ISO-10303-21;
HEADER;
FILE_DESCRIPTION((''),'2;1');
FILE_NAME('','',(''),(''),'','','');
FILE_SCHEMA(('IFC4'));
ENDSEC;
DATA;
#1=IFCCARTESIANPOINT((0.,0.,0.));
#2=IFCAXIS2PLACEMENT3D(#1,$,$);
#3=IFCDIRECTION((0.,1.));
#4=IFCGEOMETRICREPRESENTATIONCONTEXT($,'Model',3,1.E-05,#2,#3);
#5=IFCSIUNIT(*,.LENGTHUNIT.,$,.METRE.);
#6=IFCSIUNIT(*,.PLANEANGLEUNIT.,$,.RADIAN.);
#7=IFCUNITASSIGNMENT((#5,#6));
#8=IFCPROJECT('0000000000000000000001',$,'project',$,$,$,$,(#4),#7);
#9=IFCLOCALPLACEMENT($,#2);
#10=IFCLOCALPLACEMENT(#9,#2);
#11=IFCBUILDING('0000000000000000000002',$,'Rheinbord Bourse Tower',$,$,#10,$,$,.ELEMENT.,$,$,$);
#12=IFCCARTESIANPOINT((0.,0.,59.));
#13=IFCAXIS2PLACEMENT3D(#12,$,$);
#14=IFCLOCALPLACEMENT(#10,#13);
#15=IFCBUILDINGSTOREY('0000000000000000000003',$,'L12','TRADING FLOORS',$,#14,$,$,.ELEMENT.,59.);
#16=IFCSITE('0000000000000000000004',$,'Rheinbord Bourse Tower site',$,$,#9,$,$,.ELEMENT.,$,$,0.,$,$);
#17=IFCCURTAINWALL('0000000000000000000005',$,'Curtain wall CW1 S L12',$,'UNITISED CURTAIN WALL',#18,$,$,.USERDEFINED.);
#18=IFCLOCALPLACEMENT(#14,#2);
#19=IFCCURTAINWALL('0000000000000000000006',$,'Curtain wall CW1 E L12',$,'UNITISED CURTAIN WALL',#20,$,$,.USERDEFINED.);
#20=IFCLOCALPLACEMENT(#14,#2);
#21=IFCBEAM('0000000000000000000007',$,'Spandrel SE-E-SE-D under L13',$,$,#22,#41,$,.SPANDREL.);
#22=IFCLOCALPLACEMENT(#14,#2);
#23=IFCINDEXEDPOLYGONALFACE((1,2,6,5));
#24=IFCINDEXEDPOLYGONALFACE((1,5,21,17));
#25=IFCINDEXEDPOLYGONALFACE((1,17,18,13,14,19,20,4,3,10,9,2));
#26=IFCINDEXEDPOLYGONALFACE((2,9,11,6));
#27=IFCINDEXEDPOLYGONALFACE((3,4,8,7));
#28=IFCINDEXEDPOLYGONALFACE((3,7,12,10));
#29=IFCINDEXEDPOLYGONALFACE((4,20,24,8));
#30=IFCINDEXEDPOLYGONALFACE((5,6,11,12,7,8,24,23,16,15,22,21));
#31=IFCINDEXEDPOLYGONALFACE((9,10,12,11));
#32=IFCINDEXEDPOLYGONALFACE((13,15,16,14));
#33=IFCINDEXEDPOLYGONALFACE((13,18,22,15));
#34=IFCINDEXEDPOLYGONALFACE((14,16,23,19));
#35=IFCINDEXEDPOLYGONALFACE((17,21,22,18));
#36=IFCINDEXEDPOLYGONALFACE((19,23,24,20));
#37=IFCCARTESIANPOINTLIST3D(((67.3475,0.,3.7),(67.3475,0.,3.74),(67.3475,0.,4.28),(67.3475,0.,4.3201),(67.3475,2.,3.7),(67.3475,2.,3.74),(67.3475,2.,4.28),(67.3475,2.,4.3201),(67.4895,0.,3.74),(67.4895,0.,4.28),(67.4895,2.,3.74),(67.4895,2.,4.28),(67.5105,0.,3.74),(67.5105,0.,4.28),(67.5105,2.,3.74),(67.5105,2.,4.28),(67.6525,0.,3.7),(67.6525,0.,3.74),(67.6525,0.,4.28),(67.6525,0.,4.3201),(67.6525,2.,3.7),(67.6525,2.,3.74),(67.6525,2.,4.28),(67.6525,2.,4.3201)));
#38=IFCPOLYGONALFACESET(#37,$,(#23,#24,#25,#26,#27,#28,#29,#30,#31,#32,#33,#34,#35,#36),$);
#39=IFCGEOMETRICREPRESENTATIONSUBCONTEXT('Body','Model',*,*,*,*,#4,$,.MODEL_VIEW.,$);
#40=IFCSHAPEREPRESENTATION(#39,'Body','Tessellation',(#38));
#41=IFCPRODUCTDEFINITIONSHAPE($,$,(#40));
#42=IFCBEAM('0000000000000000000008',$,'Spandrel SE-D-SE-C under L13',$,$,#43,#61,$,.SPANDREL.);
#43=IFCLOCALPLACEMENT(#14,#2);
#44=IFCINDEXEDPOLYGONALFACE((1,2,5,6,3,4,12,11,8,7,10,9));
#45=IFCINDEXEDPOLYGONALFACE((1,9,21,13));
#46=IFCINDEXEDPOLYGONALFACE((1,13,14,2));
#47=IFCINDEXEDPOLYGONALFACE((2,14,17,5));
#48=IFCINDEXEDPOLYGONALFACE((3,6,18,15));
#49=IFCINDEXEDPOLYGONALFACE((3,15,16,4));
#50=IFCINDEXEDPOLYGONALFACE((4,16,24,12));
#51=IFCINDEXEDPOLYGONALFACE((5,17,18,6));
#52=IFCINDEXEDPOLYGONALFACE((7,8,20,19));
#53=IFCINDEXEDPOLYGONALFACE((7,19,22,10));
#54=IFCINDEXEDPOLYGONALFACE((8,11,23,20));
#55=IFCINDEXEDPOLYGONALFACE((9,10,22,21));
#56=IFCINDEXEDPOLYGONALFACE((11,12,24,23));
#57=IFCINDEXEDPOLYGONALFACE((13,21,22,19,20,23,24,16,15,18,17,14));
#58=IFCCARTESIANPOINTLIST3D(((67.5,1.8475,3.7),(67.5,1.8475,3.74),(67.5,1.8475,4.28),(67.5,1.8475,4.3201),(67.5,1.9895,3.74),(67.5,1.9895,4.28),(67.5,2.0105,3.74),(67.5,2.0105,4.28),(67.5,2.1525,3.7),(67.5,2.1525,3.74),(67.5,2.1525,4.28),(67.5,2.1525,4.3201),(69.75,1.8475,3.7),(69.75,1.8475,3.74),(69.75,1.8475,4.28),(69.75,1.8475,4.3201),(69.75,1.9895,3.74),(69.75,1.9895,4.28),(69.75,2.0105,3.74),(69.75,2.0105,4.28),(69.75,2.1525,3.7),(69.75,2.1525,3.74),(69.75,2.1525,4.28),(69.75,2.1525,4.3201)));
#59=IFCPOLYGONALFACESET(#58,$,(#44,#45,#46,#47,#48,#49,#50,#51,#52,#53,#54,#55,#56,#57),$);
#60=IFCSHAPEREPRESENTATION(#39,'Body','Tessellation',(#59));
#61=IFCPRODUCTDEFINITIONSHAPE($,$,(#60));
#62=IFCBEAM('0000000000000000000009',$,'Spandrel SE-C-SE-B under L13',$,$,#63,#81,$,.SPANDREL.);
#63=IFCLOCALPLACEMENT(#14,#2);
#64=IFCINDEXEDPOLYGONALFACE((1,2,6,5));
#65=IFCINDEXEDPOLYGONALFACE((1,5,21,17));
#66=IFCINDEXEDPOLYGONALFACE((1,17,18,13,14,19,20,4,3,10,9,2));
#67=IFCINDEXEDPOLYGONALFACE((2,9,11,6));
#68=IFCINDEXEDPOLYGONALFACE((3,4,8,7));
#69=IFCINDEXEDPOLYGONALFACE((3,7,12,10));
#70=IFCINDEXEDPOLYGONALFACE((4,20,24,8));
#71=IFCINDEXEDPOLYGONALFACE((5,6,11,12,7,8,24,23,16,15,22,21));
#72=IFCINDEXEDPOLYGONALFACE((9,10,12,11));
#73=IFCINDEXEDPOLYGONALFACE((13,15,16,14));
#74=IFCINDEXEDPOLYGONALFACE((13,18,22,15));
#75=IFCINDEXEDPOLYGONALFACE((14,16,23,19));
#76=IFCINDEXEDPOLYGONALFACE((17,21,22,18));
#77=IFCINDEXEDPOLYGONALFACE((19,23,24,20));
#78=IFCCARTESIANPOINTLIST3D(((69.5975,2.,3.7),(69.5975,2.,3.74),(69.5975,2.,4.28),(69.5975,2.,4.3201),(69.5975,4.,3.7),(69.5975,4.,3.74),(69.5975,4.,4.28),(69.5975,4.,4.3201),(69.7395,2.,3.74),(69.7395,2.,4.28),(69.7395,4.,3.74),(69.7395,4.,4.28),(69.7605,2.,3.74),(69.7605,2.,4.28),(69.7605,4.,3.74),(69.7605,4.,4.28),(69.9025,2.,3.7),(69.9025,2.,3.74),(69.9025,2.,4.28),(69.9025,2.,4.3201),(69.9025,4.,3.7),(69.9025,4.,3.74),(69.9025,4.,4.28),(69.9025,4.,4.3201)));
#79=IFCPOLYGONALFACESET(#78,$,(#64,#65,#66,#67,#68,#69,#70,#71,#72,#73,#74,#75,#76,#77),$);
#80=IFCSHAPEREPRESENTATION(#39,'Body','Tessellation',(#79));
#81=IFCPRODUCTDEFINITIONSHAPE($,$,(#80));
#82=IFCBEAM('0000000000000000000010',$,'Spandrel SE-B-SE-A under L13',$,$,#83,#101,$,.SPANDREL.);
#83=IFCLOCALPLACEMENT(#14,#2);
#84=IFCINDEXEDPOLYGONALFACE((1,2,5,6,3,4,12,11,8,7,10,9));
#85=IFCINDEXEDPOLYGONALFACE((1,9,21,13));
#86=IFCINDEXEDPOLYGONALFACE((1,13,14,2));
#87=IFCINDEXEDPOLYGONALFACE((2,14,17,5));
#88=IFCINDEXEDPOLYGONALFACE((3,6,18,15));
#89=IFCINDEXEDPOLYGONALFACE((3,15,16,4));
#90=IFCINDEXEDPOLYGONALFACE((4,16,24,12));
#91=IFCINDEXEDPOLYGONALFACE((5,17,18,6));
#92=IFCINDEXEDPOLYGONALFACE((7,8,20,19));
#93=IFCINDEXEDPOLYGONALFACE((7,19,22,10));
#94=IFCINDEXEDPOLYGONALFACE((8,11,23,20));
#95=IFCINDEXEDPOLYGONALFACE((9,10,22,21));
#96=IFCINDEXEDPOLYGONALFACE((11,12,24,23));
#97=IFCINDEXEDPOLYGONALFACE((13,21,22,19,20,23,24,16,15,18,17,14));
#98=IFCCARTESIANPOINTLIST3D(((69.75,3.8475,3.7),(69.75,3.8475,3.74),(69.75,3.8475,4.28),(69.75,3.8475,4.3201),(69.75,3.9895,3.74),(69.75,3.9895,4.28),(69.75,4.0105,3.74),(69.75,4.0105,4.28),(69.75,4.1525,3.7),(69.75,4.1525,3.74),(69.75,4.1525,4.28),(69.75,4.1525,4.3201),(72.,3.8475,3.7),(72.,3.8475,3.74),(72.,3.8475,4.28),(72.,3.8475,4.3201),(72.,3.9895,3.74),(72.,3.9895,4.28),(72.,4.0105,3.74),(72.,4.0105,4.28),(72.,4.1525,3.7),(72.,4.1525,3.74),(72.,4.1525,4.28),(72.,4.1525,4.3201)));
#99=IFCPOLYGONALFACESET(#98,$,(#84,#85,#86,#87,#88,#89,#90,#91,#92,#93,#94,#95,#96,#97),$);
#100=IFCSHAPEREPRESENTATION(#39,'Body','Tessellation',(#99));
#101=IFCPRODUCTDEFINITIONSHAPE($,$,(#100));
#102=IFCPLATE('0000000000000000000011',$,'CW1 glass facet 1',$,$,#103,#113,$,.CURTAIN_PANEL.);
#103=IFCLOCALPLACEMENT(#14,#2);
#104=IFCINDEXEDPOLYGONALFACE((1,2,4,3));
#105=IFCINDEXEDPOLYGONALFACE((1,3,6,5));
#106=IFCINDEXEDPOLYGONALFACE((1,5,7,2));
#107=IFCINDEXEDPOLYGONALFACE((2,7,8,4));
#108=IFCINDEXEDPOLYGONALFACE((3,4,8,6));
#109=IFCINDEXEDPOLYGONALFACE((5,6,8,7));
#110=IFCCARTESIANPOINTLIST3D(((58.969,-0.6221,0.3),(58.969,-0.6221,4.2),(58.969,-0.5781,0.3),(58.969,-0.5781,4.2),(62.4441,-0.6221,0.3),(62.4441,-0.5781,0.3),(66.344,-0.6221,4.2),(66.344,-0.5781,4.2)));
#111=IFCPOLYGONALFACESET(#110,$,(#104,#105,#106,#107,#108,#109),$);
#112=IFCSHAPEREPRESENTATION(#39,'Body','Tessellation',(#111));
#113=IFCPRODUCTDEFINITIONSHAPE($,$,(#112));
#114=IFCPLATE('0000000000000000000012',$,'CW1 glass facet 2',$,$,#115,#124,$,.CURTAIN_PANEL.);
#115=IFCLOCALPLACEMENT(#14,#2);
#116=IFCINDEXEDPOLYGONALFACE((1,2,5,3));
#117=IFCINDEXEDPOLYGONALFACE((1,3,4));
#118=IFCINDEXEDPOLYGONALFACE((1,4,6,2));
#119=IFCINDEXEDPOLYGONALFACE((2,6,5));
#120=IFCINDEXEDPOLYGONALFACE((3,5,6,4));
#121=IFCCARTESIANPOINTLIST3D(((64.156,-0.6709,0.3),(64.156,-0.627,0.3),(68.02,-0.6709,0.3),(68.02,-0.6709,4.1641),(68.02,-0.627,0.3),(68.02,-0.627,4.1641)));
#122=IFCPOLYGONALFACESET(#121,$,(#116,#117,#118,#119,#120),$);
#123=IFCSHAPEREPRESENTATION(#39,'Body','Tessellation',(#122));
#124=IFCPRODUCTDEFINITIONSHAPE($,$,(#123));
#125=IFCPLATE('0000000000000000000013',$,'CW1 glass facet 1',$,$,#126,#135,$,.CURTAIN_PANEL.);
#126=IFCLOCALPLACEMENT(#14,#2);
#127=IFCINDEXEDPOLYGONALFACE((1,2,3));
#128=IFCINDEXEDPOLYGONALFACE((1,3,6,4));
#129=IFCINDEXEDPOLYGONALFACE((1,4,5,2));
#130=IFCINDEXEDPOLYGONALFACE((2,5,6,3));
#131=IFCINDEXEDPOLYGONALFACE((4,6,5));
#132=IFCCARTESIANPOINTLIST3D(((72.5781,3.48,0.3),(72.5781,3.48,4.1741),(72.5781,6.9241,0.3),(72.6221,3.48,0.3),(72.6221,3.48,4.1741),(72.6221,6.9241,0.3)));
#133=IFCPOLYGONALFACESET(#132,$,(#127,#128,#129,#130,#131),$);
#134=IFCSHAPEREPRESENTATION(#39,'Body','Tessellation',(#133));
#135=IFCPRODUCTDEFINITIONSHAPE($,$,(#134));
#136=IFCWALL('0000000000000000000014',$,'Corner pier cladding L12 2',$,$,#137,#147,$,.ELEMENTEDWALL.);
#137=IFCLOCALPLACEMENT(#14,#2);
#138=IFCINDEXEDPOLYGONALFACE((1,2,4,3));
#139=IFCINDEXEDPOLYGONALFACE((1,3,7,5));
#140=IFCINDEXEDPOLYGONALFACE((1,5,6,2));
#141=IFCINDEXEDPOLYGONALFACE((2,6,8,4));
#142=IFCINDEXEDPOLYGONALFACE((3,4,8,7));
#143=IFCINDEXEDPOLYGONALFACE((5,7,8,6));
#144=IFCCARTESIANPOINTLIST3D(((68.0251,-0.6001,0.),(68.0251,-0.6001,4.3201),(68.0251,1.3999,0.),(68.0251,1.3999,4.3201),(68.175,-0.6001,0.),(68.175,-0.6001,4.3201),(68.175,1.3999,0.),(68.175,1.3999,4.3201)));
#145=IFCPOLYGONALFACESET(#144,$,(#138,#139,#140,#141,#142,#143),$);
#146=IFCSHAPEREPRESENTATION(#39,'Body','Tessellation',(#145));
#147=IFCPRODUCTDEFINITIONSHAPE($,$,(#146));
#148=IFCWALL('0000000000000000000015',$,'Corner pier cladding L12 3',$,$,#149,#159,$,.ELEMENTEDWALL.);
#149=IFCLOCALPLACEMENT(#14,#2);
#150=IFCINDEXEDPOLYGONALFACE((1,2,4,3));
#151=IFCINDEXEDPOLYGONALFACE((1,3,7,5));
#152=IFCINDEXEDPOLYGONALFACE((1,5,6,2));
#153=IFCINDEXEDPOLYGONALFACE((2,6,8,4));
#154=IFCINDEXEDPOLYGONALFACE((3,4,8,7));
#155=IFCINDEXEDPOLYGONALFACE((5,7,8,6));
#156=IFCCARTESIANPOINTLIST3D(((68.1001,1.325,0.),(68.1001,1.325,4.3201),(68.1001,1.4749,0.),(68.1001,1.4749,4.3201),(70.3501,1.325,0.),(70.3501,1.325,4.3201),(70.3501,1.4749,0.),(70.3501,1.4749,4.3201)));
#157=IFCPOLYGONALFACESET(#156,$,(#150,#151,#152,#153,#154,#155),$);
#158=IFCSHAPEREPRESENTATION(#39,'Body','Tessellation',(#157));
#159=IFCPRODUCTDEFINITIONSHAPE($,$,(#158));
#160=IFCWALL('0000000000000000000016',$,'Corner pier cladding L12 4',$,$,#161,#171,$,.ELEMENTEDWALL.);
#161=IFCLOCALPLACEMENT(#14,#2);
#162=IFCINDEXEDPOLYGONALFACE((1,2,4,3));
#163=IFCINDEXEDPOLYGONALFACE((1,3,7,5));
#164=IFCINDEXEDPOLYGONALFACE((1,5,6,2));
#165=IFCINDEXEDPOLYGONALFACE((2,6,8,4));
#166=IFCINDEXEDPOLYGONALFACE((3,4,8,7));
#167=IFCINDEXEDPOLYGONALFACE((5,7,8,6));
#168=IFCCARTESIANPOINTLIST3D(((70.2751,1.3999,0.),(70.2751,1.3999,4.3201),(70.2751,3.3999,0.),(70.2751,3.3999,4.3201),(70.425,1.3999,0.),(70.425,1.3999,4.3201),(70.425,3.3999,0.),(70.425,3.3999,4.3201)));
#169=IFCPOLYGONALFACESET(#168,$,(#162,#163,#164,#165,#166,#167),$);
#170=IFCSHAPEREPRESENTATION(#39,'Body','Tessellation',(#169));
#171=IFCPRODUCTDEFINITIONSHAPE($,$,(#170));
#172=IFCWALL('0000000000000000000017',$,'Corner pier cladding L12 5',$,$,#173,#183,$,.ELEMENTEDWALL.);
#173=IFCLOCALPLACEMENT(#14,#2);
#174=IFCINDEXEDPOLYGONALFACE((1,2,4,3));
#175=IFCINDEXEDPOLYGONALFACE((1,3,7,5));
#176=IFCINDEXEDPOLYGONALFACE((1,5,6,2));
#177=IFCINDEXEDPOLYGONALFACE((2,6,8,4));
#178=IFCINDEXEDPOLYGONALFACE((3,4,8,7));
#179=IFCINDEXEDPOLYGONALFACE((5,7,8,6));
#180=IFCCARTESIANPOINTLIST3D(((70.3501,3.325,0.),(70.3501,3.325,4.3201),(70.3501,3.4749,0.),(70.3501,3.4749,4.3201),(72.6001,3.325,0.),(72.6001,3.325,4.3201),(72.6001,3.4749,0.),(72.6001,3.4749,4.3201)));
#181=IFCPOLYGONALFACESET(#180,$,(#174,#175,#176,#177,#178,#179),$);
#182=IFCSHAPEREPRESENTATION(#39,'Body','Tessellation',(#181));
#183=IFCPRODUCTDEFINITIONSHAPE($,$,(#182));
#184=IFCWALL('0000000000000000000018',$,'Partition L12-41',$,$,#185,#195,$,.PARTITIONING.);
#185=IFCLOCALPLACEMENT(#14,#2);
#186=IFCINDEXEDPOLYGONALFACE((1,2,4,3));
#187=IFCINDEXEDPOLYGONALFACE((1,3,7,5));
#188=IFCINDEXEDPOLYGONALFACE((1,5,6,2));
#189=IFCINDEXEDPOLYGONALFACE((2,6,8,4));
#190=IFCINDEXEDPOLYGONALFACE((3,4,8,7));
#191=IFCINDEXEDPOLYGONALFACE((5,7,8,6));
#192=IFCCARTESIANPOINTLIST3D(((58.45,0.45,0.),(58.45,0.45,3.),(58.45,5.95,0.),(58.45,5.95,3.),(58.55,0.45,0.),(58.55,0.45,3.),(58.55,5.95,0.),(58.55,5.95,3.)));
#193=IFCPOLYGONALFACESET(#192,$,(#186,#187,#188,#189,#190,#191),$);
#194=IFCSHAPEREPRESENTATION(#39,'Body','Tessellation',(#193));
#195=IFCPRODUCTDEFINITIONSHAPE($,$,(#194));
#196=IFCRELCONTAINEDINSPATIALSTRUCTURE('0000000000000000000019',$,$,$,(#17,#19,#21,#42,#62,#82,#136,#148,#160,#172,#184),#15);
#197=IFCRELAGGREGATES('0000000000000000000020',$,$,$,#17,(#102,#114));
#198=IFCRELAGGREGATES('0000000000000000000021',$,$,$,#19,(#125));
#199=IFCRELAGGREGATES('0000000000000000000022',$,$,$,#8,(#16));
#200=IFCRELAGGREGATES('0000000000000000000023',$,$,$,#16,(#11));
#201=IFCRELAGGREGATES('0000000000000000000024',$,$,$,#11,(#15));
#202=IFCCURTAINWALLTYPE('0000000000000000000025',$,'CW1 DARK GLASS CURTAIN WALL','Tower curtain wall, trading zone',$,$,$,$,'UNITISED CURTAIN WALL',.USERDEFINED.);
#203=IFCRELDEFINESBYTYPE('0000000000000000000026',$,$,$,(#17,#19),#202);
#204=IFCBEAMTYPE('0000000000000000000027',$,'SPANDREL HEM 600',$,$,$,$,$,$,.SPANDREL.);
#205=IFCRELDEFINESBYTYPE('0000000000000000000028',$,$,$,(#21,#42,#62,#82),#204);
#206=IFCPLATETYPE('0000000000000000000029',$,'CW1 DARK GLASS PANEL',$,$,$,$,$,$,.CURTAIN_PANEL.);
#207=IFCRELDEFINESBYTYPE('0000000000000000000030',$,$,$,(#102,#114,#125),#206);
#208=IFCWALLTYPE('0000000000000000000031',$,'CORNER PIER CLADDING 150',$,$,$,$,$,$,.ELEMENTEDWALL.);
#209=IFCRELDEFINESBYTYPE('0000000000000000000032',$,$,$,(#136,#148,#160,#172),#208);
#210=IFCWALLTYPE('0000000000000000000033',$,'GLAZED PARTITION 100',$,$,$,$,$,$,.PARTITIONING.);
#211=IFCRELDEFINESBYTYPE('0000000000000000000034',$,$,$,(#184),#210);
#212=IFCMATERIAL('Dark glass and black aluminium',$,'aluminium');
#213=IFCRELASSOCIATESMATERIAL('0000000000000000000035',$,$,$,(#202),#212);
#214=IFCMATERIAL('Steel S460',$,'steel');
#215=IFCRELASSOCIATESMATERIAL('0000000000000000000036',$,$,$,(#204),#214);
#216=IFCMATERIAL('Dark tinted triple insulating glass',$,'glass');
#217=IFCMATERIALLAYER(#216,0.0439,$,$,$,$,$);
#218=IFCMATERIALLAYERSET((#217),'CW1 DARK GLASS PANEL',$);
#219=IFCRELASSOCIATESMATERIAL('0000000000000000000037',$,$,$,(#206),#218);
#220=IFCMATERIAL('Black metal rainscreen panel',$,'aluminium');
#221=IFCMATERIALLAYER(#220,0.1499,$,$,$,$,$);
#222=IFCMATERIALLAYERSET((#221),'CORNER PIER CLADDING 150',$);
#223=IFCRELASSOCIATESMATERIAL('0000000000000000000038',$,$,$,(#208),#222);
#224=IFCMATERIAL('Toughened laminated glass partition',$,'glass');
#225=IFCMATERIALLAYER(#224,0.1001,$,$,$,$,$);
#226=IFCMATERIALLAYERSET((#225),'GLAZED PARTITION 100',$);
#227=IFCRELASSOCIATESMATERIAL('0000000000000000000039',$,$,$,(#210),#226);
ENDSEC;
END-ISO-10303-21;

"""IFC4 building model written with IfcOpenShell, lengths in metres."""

from ifc_helpers import new_model, si_unit, direction, frame, frame_2d, origin, origin_2d, place, context, subcontext, project, spatial, polyline, rectangle, i_section, outline, extrude, material, layer, layer_set, material_profile, profile_set, type_object, element, aggregate, save


model = new_model("IFC4")

# Units and contexts
model_context = context("Model", 3, precision=1e-05, world=origin(), true_north=direction((0.0, 1.0)))
body_context = subcontext(model_context, "Body", "Model", "MODEL_VIEW")
ifc_project = project(units=[si_unit("LENGTHUNIT", "METRE"), si_unit("PLANEANGLEUNIT", "RADIAN")], contexts=[model_context])

# Site, building, storey
site_placement = place(None, origin())
site = spatial("IfcSite", under=ifc_project, at=site_placement, Name="Rheinbord Bourse Tower site", CompositionType="ELEMENT", RefElevation=0.0)
building_placement = place(site_placement, origin())
building = spatial("IfcBuilding", under=site, at=building_placement, Name="Rheinbord Bourse Tower", CompositionType="ELEMENT")
storey_placement = place(building_placement, frame((0.0, 0.0, 59.0)))
storey = spatial("IfcBuildingStorey", under=building, at=storey_placement, Name="L12", Description="TRADING FLOORS", CompositionType="ELEMENT", Elevation=59.0)

# Curtain wall
ifc_material_1 = material(Name="Dark glass and black aluminium", Category="aluminium")
curtain_wall_type = type_object("IfcCurtainWallType", Name="CW1 DARK GLASS CURTAIN WALL", Description="Tower curtain wall, trading zone", ElementType="UNITISED CURTAIN WALL", PredefinedType="USERDEFINED", material=ifc_material_1)
curtain_wall_1_placement = place(storey_placement, origin())
curtain_wall_1 = element("IfcCurtainWall", 1, at=curtain_wall_1_placement, inside=storey, type_object=curtain_wall_type, Name="Curtain wall CW1 S L12", ObjectType="UNITISED CURTAIN WALL", PredefinedType="USERDEFINED")

# Curtain wall
curtain_wall_2_placement = place(storey_placement, origin())
curtain_wall_2 = element("IfcCurtainWall", 2, at=curtain_wall_2_placement, inside=storey, type_object=curtain_wall_type, Name="Curtain wall CW1 E L12", ObjectType="UNITISED CURTAIN WALL", PredefinedType="USERDEFINED")

# Beams
ifc_material_2 = material(Name="Steel S460", Category="steel")
ifc_material_profile_1 = material_profile(ifc_material_2, i_section(OverallWidth=0.3049, OverallDepth=0.6201, WebThickness=0.021, FlangeThickness=0.04, at=origin_2d()), Name="HEM 600")
ifc_profile_set_1 = profile_set([ifc_material_profile_1], Name="Steel S460")
beam_type_1 = type_object("IfcBeamType", Name="SPANDREL HEM 600", PredefinedType="SPANDREL", material=ifc_profile_set_1)
beam_1_placement = place(storey_placement, frame((67.5, 0.0, 4.01), z_axis=(0.0, 1.0, 0.0), x_axis=(-1.0, 0.0, 0.0)))
element("IfcBeam", 3, at=beam_1_placement, inside=storey, type_object=beam_type_1, Name="Spandrel SE-E-SE-D under L13", PredefinedType="SPANDREL", context=body_context, shape_type="SweptSolid", body=[
    extrude(i_section(OverallWidth=0.3049, OverallDepth=0.6201, WebThickness=0.021, FlangeThickness=0.04, at=origin_2d()), origin(), (0.0, 0.0, 1.0), 2.0),
])
beam_2_placement = place(storey_placement, frame((67.5, 2.0, 4.01), z_axis=(1.0, 0.0, 0.0), x_axis=(0.0, 1.0, 0.0)))
element("IfcBeam", 4, at=beam_2_placement, inside=storey, type_object=beam_type_1, Name="Spandrel SE-D-SE-C under L13", PredefinedType="SPANDREL", context=body_context, shape_type="SweptSolid", body=[
    extrude(i_section(OverallWidth=0.3049, OverallDepth=0.6201, WebThickness=0.021, FlangeThickness=0.04, at=origin_2d()), origin(), (0.0, 0.0, 1.0), 2.25),
])
beam_3_placement = place(storey_placement, frame((69.75, 2.0, 4.01), z_axis=(0.0, 1.0, 0.0), x_axis=(-1.0, 0.0, 0.0)))
element("IfcBeam", 5, at=beam_3_placement, inside=storey, type_object=beam_type_1, Name="Spandrel SE-C-SE-B under L13", PredefinedType="SPANDREL", context=body_context, shape_type="SweptSolid", body=[
    extrude(i_section(OverallWidth=0.3049, OverallDepth=0.6201, WebThickness=0.021, FlangeThickness=0.04, at=origin_2d()), origin(), (0.0, 0.0, 1.0), 2.0),
])
beam_4_placement = place(storey_placement, frame((69.75, 4.0, 4.01), z_axis=(1.0, 0.0, 0.0), x_axis=(0.0, 1.0, 0.0)))
element("IfcBeam", 6, at=beam_4_placement, inside=storey, type_object=beam_type_1, Name="Spandrel SE-B-SE-A under L13", PredefinedType="SPANDREL", context=body_context, shape_type="SweptSolid", body=[
    extrude(i_section(OverallWidth=0.3049, OverallDepth=0.6201, WebThickness=0.021, FlangeThickness=0.04, at=origin_2d()), origin(), (0.0, 0.0, 1.0), 2.25),
])

# Plates
ifc_material_3 = material(Name="Dark tinted triple insulating glass", Category="glass")
ifc_layer_1 = layer(ifc_material_3, 0.0439)
ifc_layer_set_1 = layer_set([ifc_layer_1], Name="CW1 DARK GLASS PANEL")
plate_type = type_object("IfcPlateType", Name="CW1 DARK GLASS PANEL", PredefinedType="CURTAIN_PANEL", material=ifc_layer_set_1)
plate_1_placement = place(storey_placement, frame((58.969, -0.6221, 0.3), z_axis=(0.0, 1.0, 0.0), x_axis=(0.0, 0.0, 1.0)))
plate_1 = element("IfcPlate", 7, at=plate_1_placement, type_object=plate_type, Name="CW1 glass facet 1", PredefinedType="CURTAIN_PANEL", context=body_context, shape_type="SweptSolid", body=[
    extrude(outline(polyline([(0.0, 0.0), (3.8999, 0.0), (3.8999, 7.375), (0.0, 3.4751), (0.0, 0.0)])), origin(), (0.0, 0.0, 1.0), 0.0439),
])
plate_2_placement = place(storey_placement, frame((68.02, -0.6709, 0.3), z_axis=(0.0, 1.0, 0.0), x_axis=(-1.0, 0.0, 0.0)))
plate_2 = element("IfcPlate", 8, at=plate_2_placement, type_object=plate_type, Name="CW1 glass facet 2", PredefinedType="CURTAIN_PANEL", context=body_context, shape_type="SweptSolid", body=[
    extrude(outline(polyline([(0.0, 0.0), (3.864, 0.0), (0.0, 3.864), (0.0, 0.0)])), origin(), (0.0, 0.0, 1.0), 0.0439),
])
aggregate(curtain_wall_1, [plate_1, plate_2])
plate_3_placement = place(storey_placement, frame((72.6221, 3.48, 0.3), z_axis=(-1.0, 0.0, 0.0), x_axis=(0.0, 0.0, 1.0)))
plate_3 = element("IfcPlate", 9, at=plate_3_placement, type_object=plate_type, Name="CW1 glass facet 1", PredefinedType="CURTAIN_PANEL", context=body_context, shape_type="SweptSolid", body=[
    extrude(outline(polyline([(0.0, 0.0), (3.874, 0.0), (0.0, 3.4441), (0.0, 0.0)])), origin(), (0.0, 0.0, 1.0), 0.0439),
])
aggregate(curtain_wall_2, [plate_3])

# Walls
ifc_material_4 = material(Name="Black metal rainscreen panel", Category="aluminium")
ifc_layer_2 = layer(ifc_material_4, 0.1499)
ifc_layer_set_2 = layer_set([ifc_layer_2], Name="CORNER PIER CLADDING 150")
wall_type_1 = type_object("IfcWallType", Name="CORNER PIER CLADDING 150", PredefinedType="ELEMENTEDWALL", material=ifc_layer_set_2)
wall_1_placement = place(storey_placement, frame((68.1001, -0.6001, 0.0), z_axis=(0.0, 0.0, 1.0), x_axis=(0.0, 1.0, 0.0)))
element("IfcWall", 10, at=wall_1_placement, inside=storey, type_object=wall_type_1, Name="Corner pier cladding L12 2", PredefinedType="ELEMENTEDWALL", context=body_context, shape_type="SweptSolid", body=[
    extrude(rectangle(XDim=2.0, YDim=0.1499, at=frame_2d((1.0, 0.0))), origin(), (0.0, 0.0, 1.0), 4.3201),
])
wall_2_placement = place(storey_placement, frame((68.1001, 1.3999, 0.0), z_axis=(0.0, 0.0, 1.0), x_axis=(1.0, 0.0, 0.0)))
element("IfcWall", 11, at=wall_2_placement, inside=storey, type_object=wall_type_1, Name="Corner pier cladding L12 3", PredefinedType="ELEMENTEDWALL", context=body_context, shape_type="SweptSolid", body=[
    extrude(rectangle(XDim=2.25, YDim=0.1499, at=frame_2d((1.125, 0.0))), origin(), (0.0, 0.0, 1.0), 4.3201),
])
wall_3_placement = place(storey_placement, frame((70.3501, 1.3999, 0.0), z_axis=(0.0, 0.0, 1.0), x_axis=(0.0, 1.0, 0.0)))
element("IfcWall", 12, at=wall_3_placement, inside=storey, type_object=wall_type_1, Name="Corner pier cladding L12 4", PredefinedType="ELEMENTEDWALL", context=body_context, shape_type="SweptSolid", body=[
    extrude(rectangle(XDim=2.0, YDim=0.1499, at=frame_2d((1.0, 0.0))), origin(), (0.0, 0.0, 1.0), 4.3201),
])
wall_4_placement = place(storey_placement, frame((70.3501, 3.3999, 0.0), z_axis=(0.0, 0.0, 1.0), x_axis=(1.0, 0.0, 0.0)))
element("IfcWall", 13, at=wall_4_placement, inside=storey, type_object=wall_type_1, Name="Corner pier cladding L12 5", PredefinedType="ELEMENTEDWALL", context=body_context, shape_type="SweptSolid", body=[
    extrude(rectangle(XDim=2.25, YDim=0.1499, at=frame_2d((1.125, 0.0))), origin(), (0.0, 0.0, 1.0), 4.3201),
])
ifc_material_5 = material(Name="Toughened laminated glass partition", Category="glass")
ifc_layer_3 = layer(ifc_material_5, 0.1001)
ifc_layer_set_3 = layer_set([ifc_layer_3], Name="GLAZED PARTITION 100")
wall_type_2 = type_object("IfcWallType", Name="GLAZED PARTITION 100", PredefinedType="PARTITIONING", material=ifc_layer_set_3)
wall_5_placement = place(storey_placement, frame((58.5, 0.45, 0.0), z_axis=(0.0, 0.0, 1.0), x_axis=(0.0, 1.0, 0.0)))
element("IfcWall", 14, at=wall_5_placement, inside=storey, type_object=wall_type_2, Name="Partition L12-41", PredefinedType="PARTITIONING", context=body_context, shape_type="SweptSolid", body=[
    extrude(rectangle(XDim=5.5, YDim=0.1001, at=frame_2d((2.75, 0.0))), origin(), (0.0, 0.0, 1.0), 3.0),
])

save(model, "model.ifc")
